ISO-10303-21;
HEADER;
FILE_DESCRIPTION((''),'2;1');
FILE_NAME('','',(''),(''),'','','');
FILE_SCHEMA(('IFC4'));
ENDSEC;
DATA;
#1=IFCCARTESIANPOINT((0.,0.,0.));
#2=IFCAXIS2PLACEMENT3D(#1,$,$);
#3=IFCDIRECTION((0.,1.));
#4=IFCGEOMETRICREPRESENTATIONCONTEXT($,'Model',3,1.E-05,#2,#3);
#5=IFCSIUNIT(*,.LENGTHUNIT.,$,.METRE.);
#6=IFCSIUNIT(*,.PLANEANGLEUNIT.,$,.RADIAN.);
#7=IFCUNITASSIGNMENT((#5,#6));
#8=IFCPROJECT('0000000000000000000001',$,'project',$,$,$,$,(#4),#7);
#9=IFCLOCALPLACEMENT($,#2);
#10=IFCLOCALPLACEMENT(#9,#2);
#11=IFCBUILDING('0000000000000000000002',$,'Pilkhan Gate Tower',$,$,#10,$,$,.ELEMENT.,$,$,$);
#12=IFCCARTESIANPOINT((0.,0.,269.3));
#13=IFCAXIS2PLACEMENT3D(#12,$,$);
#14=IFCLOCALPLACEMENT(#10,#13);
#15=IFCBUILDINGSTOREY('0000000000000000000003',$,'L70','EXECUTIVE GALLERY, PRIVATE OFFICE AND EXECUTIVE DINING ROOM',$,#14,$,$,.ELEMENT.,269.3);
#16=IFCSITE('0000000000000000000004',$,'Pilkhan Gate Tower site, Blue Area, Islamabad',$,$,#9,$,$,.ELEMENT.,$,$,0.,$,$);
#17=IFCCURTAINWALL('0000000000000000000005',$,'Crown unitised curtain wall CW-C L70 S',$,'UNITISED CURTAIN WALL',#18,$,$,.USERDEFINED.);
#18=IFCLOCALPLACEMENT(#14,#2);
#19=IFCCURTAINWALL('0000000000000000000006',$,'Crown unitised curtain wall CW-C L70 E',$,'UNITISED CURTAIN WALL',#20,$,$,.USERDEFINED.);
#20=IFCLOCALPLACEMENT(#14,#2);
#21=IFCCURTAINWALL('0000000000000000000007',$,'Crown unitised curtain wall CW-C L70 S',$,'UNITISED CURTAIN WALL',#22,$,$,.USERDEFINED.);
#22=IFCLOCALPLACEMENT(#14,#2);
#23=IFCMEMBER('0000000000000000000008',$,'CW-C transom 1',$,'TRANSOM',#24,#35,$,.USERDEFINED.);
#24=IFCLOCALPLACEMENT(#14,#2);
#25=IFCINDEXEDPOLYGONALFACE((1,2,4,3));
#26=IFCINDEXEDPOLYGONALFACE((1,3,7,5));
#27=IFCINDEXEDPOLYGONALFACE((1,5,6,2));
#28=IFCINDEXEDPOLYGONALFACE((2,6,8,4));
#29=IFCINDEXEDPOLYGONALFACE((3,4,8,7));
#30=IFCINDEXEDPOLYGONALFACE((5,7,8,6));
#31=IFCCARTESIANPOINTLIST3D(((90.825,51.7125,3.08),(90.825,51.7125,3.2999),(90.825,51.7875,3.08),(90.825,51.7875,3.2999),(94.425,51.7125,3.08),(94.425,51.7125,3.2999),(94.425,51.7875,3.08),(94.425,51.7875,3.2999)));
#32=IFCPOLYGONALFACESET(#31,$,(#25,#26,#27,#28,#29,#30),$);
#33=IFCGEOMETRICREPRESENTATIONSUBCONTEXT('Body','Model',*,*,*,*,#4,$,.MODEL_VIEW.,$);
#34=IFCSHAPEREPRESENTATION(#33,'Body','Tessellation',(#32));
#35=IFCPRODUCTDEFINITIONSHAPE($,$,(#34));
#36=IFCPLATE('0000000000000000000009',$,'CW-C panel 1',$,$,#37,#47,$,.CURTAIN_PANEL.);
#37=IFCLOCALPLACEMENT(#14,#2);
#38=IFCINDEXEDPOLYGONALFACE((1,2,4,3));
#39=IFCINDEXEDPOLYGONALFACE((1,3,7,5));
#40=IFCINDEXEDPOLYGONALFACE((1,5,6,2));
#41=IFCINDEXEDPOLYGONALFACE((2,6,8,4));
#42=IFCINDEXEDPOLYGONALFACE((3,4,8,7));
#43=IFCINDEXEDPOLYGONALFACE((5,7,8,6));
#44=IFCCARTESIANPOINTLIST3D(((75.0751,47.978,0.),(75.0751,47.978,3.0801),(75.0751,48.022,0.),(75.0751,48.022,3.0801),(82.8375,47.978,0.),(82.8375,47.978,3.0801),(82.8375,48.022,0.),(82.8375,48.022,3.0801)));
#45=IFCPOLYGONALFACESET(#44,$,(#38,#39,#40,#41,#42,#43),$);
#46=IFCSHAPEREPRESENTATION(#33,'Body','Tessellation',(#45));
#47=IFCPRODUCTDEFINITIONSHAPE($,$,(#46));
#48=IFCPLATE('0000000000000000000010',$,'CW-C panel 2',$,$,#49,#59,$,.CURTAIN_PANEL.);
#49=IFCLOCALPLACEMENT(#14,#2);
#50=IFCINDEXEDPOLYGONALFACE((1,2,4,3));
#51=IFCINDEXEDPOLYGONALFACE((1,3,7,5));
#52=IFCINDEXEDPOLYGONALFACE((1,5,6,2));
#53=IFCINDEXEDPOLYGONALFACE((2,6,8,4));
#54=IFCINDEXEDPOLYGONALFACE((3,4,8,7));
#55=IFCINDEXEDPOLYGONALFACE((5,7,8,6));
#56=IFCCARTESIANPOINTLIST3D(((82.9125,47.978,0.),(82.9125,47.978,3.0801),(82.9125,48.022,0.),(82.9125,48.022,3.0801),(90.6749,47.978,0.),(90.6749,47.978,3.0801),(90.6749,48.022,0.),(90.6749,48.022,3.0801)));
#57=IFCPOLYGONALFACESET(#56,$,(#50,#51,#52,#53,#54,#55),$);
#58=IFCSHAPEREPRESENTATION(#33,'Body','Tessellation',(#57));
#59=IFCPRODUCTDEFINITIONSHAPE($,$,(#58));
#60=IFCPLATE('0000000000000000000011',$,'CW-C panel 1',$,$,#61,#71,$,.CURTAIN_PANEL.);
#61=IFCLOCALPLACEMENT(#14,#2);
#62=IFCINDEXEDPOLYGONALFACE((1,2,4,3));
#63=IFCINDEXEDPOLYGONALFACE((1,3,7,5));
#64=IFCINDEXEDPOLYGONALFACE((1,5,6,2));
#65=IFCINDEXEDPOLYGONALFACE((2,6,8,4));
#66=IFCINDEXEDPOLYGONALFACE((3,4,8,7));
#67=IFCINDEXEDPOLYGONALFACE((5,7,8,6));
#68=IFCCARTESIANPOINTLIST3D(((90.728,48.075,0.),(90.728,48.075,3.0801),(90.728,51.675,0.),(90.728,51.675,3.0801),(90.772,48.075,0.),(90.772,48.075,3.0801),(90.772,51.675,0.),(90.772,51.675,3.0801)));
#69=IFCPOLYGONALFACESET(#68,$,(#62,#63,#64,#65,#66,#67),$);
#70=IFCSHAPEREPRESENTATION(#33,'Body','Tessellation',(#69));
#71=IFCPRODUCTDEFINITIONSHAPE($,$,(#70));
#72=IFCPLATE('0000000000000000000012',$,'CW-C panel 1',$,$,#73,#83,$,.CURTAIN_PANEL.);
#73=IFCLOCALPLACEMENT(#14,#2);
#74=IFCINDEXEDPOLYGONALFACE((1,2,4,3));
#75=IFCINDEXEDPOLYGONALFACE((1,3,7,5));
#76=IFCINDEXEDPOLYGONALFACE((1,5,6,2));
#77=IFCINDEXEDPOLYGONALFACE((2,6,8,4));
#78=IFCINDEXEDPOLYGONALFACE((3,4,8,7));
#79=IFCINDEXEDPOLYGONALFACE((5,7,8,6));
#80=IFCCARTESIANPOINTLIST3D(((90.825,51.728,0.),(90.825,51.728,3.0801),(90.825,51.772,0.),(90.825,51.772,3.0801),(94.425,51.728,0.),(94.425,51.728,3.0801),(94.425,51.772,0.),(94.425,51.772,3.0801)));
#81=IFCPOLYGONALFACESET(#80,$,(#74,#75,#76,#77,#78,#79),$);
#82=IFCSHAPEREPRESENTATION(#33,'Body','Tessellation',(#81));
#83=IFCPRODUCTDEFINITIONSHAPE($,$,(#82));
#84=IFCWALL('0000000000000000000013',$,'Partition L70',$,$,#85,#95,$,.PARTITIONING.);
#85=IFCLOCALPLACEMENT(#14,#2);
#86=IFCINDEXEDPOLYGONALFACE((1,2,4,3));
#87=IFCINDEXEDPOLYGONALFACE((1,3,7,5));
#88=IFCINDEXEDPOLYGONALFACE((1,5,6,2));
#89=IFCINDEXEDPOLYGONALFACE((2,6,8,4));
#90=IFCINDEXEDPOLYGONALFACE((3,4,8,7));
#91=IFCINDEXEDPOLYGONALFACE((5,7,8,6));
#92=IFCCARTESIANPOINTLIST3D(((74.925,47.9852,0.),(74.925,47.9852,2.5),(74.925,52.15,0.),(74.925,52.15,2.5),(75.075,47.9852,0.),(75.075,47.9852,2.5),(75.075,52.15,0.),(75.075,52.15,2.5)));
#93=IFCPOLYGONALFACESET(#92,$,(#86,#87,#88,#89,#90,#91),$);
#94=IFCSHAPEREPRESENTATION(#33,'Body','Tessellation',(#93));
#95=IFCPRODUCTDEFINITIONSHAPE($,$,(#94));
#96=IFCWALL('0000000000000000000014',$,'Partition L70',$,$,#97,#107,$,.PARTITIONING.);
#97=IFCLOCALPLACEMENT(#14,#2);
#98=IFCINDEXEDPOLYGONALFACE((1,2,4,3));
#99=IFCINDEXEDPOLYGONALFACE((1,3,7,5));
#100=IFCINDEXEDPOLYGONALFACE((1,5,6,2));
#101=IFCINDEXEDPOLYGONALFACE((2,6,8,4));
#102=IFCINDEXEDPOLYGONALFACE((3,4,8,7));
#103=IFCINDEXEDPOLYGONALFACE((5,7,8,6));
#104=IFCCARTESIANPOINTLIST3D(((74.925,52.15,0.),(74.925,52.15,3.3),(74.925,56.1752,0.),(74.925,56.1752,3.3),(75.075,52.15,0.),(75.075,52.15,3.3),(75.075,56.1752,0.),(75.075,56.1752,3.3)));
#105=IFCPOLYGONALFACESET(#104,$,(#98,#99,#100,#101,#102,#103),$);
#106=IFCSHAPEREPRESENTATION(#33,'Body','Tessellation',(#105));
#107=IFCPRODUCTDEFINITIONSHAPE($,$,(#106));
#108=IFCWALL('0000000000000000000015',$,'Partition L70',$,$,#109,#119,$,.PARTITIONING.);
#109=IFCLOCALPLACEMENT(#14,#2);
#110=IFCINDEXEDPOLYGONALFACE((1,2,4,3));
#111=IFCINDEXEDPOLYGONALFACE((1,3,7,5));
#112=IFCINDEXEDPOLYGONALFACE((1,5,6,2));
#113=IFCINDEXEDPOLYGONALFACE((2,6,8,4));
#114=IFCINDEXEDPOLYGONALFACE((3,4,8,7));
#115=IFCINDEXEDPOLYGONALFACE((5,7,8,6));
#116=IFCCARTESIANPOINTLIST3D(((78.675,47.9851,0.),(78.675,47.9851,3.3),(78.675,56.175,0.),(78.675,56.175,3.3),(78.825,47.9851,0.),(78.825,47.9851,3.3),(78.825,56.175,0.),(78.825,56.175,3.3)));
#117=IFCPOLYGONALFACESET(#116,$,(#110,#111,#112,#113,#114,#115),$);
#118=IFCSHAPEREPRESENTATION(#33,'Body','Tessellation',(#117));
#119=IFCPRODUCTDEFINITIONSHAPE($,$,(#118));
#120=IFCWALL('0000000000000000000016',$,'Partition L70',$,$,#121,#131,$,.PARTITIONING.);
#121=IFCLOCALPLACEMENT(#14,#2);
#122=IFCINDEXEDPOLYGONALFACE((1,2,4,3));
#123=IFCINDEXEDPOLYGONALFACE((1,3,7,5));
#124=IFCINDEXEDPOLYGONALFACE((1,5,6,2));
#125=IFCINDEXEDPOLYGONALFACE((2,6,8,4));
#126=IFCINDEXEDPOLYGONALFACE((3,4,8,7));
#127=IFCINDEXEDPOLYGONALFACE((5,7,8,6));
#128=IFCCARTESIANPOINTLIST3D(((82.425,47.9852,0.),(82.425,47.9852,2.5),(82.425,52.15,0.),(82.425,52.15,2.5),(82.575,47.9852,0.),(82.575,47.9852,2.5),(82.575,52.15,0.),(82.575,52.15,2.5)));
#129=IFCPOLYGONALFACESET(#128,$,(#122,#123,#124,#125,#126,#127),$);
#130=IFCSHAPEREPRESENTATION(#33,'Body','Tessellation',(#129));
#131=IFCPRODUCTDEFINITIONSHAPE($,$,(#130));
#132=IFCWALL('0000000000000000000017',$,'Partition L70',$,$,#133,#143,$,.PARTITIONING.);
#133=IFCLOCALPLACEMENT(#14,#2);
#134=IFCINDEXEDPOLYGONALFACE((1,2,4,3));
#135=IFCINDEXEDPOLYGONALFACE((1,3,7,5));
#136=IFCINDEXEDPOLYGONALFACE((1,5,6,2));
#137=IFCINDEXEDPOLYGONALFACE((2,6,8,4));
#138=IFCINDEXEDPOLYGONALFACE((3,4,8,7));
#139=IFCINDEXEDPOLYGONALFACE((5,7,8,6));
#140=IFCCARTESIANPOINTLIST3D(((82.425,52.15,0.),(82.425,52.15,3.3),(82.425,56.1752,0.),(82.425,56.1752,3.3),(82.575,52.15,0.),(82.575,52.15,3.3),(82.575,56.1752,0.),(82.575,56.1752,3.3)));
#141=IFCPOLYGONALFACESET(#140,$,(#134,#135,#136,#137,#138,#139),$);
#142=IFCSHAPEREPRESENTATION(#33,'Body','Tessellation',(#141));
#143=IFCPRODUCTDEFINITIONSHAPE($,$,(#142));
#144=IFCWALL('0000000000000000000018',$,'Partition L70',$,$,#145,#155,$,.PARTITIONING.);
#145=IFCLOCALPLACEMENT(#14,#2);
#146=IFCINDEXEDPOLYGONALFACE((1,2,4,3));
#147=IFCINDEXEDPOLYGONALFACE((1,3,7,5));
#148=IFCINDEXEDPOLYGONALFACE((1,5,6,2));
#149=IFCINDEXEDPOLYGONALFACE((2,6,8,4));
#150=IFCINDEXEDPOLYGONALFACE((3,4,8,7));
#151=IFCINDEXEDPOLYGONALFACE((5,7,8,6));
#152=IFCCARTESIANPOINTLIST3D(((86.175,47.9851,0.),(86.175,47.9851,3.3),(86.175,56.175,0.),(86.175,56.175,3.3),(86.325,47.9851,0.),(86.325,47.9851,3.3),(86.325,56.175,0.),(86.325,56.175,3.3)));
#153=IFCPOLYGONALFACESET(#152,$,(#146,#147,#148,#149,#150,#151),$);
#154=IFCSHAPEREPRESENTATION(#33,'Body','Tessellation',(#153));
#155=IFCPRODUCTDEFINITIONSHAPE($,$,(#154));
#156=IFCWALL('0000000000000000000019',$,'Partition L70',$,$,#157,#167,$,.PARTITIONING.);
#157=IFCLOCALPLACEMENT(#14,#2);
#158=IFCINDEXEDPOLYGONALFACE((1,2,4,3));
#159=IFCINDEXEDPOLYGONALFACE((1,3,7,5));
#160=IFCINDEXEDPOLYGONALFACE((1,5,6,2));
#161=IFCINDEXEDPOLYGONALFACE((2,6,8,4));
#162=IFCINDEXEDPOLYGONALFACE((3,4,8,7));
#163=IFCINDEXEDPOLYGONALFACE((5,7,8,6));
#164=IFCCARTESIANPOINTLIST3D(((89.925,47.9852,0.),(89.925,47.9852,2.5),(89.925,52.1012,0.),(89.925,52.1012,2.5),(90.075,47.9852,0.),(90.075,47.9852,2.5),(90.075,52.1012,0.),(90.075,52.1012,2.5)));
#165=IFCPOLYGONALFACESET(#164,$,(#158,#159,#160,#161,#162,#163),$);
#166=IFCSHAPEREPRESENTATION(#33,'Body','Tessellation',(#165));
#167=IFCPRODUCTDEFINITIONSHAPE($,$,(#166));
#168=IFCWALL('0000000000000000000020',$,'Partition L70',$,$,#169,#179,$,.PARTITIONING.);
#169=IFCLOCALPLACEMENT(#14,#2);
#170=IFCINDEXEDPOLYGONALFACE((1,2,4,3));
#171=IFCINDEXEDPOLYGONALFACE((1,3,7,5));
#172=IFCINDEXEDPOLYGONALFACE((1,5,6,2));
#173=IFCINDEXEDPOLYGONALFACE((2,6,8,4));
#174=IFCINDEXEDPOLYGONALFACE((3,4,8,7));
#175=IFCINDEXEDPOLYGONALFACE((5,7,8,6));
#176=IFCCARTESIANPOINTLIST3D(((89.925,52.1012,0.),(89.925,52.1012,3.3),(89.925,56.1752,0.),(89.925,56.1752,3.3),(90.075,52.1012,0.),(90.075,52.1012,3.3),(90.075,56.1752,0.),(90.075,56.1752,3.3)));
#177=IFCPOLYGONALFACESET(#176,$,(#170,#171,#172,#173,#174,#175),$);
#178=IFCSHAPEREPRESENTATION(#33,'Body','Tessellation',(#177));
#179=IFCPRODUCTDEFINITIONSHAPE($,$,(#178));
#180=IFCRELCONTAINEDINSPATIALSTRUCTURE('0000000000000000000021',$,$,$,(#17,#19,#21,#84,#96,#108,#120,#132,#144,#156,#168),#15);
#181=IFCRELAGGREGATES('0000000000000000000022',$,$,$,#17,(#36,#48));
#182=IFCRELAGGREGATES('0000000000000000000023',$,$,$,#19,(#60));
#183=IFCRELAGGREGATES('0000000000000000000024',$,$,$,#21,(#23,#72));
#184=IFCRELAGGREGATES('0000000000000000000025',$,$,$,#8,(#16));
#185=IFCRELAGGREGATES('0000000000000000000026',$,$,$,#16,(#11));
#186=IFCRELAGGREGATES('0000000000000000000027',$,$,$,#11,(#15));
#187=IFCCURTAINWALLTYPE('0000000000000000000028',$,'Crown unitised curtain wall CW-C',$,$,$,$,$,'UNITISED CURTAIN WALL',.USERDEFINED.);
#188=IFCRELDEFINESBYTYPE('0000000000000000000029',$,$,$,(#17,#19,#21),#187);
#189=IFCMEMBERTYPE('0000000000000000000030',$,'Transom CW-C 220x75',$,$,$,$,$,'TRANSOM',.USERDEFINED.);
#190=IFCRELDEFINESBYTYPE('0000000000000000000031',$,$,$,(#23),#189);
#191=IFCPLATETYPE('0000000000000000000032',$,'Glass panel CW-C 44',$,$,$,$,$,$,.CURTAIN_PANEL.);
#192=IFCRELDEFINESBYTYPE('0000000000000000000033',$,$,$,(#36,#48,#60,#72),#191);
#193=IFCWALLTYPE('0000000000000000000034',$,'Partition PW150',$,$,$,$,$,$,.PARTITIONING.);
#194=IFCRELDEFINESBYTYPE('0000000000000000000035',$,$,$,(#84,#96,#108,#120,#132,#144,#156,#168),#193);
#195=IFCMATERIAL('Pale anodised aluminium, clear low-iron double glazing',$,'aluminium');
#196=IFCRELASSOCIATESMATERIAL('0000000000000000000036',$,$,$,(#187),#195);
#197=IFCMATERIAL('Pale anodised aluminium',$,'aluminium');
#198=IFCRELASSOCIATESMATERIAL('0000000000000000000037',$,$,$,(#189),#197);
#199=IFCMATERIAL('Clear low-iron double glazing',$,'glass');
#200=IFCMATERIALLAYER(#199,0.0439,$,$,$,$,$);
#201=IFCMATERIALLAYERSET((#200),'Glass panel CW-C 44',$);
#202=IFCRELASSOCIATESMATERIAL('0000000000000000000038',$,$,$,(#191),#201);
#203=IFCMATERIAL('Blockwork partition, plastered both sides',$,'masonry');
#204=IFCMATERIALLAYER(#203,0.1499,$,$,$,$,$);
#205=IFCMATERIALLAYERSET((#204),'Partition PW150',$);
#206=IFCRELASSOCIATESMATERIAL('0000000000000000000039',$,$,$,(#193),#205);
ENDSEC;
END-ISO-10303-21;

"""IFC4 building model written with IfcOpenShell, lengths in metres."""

from ifc_helpers import new_model, si_unit, direction, frame, frame_2d, origin, origin_2d, place, context, subcontext, project, spatial, rectangle, extrude, material, layer, layer_set, material_profile, profile_set, type_object, element, aggregate, save


model = new_model("IFC4")

# Units and contexts
model_context = context("Model", 3, precision=1e-05, world=origin(), true_north=direction((0.0, 1.0)))
body_context = subcontext(model_context, "Body", "Model", "MODEL_VIEW")
ifc_project = project(units=[si_unit("LENGTHUNIT", "METRE"), si_unit("PLANEANGLEUNIT", "RADIAN")], contexts=[model_context])

# Site, building, storey
site_placement = place(None, origin())
site = spatial("IfcSite", under=ifc_project, at=site_placement, Name="Pilkhan Gate Tower site, Blue Area, Islamabad", CompositionType="ELEMENT", RefElevation=0.0)
building_placement = place(site_placement, origin())
building = spatial("IfcBuilding", under=site, at=building_placement, Name="Pilkhan Gate Tower", CompositionType="ELEMENT")
storey_placement = place(building_placement, frame((0.0, 0.0, 269.3)))
storey = spatial("IfcBuildingStorey", under=building, at=storey_placement, Name="L70", Description="EXECUTIVE GALLERY, PRIVATE OFFICE AND EXECUTIVE DINING ROOM", CompositionType="ELEMENT", Elevation=269.3)

# Shared definitions
ifc_material_1 = material(Name="Pale anodised aluminium, clear low-iron double glazing", Category="aluminium")
curtain_wall_type = type_object("IfcCurtainWallType", Name="Crown unitised curtain wall CW-C", ElementType="UNITISED CURTAIN WALL", PredefinedType="USERDEFINED", material=ifc_material_1)
ifc_material_2 = material(Name="Pale anodised aluminium", Category="aluminium")

# Curtain walls
curtain_wall_1_placement = place(storey_placement, origin())
curtain_wall_1 = element("IfcCurtainWall", 1, at=curtain_wall_1_placement, inside=storey, type_object=curtain_wall_type, Name="Crown unitised curtain wall CW-C L70 S", ObjectType="UNITISED CURTAIN WALL", PredefinedType="USERDEFINED")
curtain_wall_2_placement = place(storey_placement, origin())
curtain_wall_2 = element("IfcCurtainWall", 2, at=curtain_wall_2_placement, inside=storey, type_object=curtain_wall_type, Name="Crown unitised curtain wall CW-C L70 E", ObjectType="UNITISED CURTAIN WALL", PredefinedType="USERDEFINED")
curtain_wall_3_placement = place(storey_placement, origin())
curtain_wall_3 = element("IfcCurtainWall", 3, at=curtain_wall_3_placement, inside=storey, type_object=curtain_wall_type, Name="Crown unitised curtain wall CW-C L70 S", ObjectType="UNITISED CURTAIN WALL", PredefinedType="USERDEFINED")

# Member
ifc_material_profile_1 = material_profile(ifc_material_2, rectangle(XDim=0.075, YDim=0.22, at=origin_2d()), Name="Transom 220x75")
ifc_profile_set_1 = profile_set([ifc_material_profile_1], Name="Pale anodised aluminium")
member_type_1 = type_object("IfcMemberType", Name="Transom CW-C 220x75", ElementType="TRANSOM", PredefinedType="USERDEFINED", material=ifc_profile_set_1)
member_1_placement = place(storey_placement, frame((90.825, 51.75, 3.1899), z_axis=(1.0, 0.0, 0.0), x_axis=(0.0, 1.0, 0.0)))
member_1 = element("IfcMember", 4, at=member_1_placement, type_object=member_type_1, Name="CW-C transom 1", ObjectType="TRANSOM", PredefinedType="USERDEFINED", context=body_context, shape_type="SweptSolid", body=[
    extrude(rectangle(XDim=0.075, YDim=0.22, at=origin_2d()), origin(), (0.0, 0.0, 1.0), 3.6001),
])

# Plates
ifc_material_3 = material(Name="Clear low-iron double glazing", Category="glass")
ifc_layer_1 = layer(ifc_material_3, 0.0439)
ifc_layer_set_1 = layer_set([ifc_layer_1], Name="Glass panel CW-C 44")
plate_type = type_object("IfcPlateType", Name="Glass panel CW-C 44", PredefinedType="CURTAIN_PANEL", material=ifc_layer_set_1)
plate_1_placement = place(storey_placement, frame((78.9563, 48.0, 0.0), z_axis=(0.0, 0.0, 1.0), x_axis=(1.0, 0.0, 0.0)))
plate_1 = element("IfcPlate", 5, at=plate_1_placement, type_object=plate_type, Name="CW-C panel 1", PredefinedType="CURTAIN_PANEL", context=body_context, shape_type="SweptSolid", body=[
    extrude(rectangle(XDim=7.7625, YDim=0.0439, at=origin_2d()), origin(), (0.0, 0.0, 1.0), 3.0801),
])
plate_2_placement = place(storey_placement, frame((86.7937, 48.0, 0.0), z_axis=(0.0, 0.0, 1.0), x_axis=(1.0, 0.0, 0.0)))
plate_2 = element("IfcPlate", 6, at=plate_2_placement, type_object=plate_type, Name="CW-C panel 2", PredefinedType="CURTAIN_PANEL", context=body_context, shape_type="SweptSolid", body=[
    extrude(rectangle(XDim=7.7625, YDim=0.0439, at=origin_2d()), origin(), (0.0, 0.0, 1.0), 3.0801),
])
aggregate(curtain_wall_1, [plate_1, plate_2])
plate_3_placement = place(storey_placement, frame((90.75, 49.875, 0.0), z_axis=(0.0, 0.0, 1.0), x_axis=(0.0, 1.0, 0.0)))
plate_3 = element("IfcPlate", 7, at=plate_3_placement, type_object=plate_type, Name="CW-C panel 1", PredefinedType="CURTAIN_PANEL", context=body_context, shape_type="SweptSolid", body=[
    extrude(rectangle(XDim=3.6001, YDim=0.0439, at=origin_2d()), origin(), (0.0, 0.0, 1.0), 3.0801),
])
aggregate(curtain_wall_2, [plate_3])
plate_4_placement = place(storey_placement, frame((92.625, 51.75, 0.0), z_axis=(0.0, 0.0, 1.0), x_axis=(1.0, 0.0, 0.0)))
plate_4 = element("IfcPlate", 8, at=plate_4_placement, type_object=plate_type, Name="CW-C panel 1", PredefinedType="CURTAIN_PANEL", context=body_context, shape_type="SweptSolid", body=[
    extrude(rectangle(XDim=3.6001, YDim=0.0439, at=origin_2d()), origin(), (0.0, 0.0, 1.0), 3.0801),
])
aggregate(curtain_wall_3, [member_1, plate_4])

# Walls
ifc_material_4 = material(Name="Blockwork partition, plastered both sides", Category="masonry")
ifc_layer_2 = layer(ifc_material_4, 0.1499)
ifc_layer_set_2 = layer_set([ifc_layer_2], Name="Partition PW150")
wall_type = type_object("IfcWallType", Name="Partition PW150", PredefinedType="PARTITIONING", material=ifc_layer_set_2)
wall_1_placement = place(storey_placement, frame((75.0, 47.9851, 0.0), z_axis=(0.0, 0.0, 1.0), x_axis=(0.0, 1.0, 0.0)))
element("IfcWall", 9, at=wall_1_placement, inside=storey, type_object=wall_type, Name="Partition L70", PredefinedType="PARTITIONING", context=body_context, shape_type="SweptSolid", body=[
    extrude(rectangle(XDim=4.1648, YDim=0.1499, at=frame_2d((2.0825, 0.0))), origin(), (0.0, 0.0, 1.0), 2.5),
])
wall_2_placement = place(storey_placement, frame((75.0, 52.1499, 0.0), z_axis=(0.0, 0.0, 1.0), x_axis=(0.0, 1.0, 0.0)))
element("IfcWall", 10, at=wall_2_placement, inside=storey, type_object=wall_type, Name="Partition L70", PredefinedType="PARTITIONING", context=body_context, shape_type="SweptSolid", body=[
    extrude(rectangle(XDim=4.0251, YDim=0.1499, at=frame_2d((2.0127, 0.0))), origin(), (0.0, 0.0, 1.0), 3.3),
])
wall_3_placement = place(storey_placement, frame((78.75, 47.9851, 0.0), z_axis=(0.0, 0.0, 1.0), x_axis=(0.0, 1.0, 0.0)))
element("IfcWall", 11, at=wall_3_placement, inside=storey, type_object=wall_type, Name="Partition L70", PredefinedType="PARTITIONING", context=body_context, shape_type="SweptSolid", body=[
    extrude(rectangle(XDim=8.1899, YDim=0.1499, at=frame_2d((4.095, 0.0))), origin(), (0.0, 0.0, 1.0), 3.3),
])
wall_4_placement = place(storey_placement, frame((82.5, 47.9851, 0.0), z_axis=(0.0, 0.0, 1.0), x_axis=(0.0, 1.0, 0.0)))
element("IfcWall", 12, at=wall_4_placement, inside=storey, type_object=wall_type, Name="Partition L70", PredefinedType="PARTITIONING", context=body_context, shape_type="SweptSolid", body=[
    extrude(rectangle(XDim=4.1648, YDim=0.1499, at=frame_2d((2.0825, 0.0))), origin(), (0.0, 0.0, 1.0), 2.5),
])
wall_5_placement = place(storey_placement, frame((82.5, 52.1499, 0.0), z_axis=(0.0, 0.0, 1.0), x_axis=(0.0, 1.0, 0.0)))
element("IfcWall", 13, at=wall_5_placement, inside=storey, type_object=wall_type, Name="Partition L70", PredefinedType="PARTITIONING", context=body_context, shape_type="SweptSolid", body=[
    extrude(rectangle(XDim=4.0251, YDim=0.1499, at=frame_2d((2.0127, 0.0))), origin(), (0.0, 0.0, 1.0), 3.3),
])
wall_6_placement = place(storey_placement, frame((86.25, 47.9851, 0.0), z_axis=(0.0, 0.0, 1.0), x_axis=(0.0, 1.0, 0.0)))
element("IfcWall", 14, at=wall_6_placement, inside=storey, type_object=wall_type, Name="Partition L70", PredefinedType="PARTITIONING", context=body_context, shape_type="SweptSolid", body=[
    extrude(rectangle(XDim=8.1899, YDim=0.1499, at=frame_2d((4.095, 0.0))), origin(), (0.0, 0.0, 1.0), 3.3),
])
wall_7_placement = place(storey_placement, frame((90.0, 47.9851, 0.0), z_axis=(0.0, 0.0, 1.0), x_axis=(0.0, 1.0, 0.0)))
element("IfcWall", 15, at=wall_7_placement, inside=storey, type_object=wall_type, Name="Partition L70", PredefinedType="PARTITIONING", context=body_context, shape_type="SweptSolid", body=[
    extrude(rectangle(XDim=4.116, YDim=0.1499, at=frame_2d((2.0581, 0.0))), origin(), (0.0, 0.0, 1.0), 2.5),
])
wall_8_placement = place(storey_placement, frame((90.0, 52.1011, 0.0), z_axis=(0.0, 0.0, 1.0), x_axis=(0.0, 1.0, 0.0)))
element("IfcWall", 16, at=wall_8_placement, inside=storey, type_object=wall_type, Name="Partition L70", PredefinedType="PARTITIONING", context=body_context, shape_type="SweptSolid", body=[
    extrude(rectangle(XDim=4.074, YDim=0.1499, at=frame_2d((2.0371, 0.0))), origin(), (0.0, 0.0, 1.0), 3.3),
])

save(model, "model.ifc")
